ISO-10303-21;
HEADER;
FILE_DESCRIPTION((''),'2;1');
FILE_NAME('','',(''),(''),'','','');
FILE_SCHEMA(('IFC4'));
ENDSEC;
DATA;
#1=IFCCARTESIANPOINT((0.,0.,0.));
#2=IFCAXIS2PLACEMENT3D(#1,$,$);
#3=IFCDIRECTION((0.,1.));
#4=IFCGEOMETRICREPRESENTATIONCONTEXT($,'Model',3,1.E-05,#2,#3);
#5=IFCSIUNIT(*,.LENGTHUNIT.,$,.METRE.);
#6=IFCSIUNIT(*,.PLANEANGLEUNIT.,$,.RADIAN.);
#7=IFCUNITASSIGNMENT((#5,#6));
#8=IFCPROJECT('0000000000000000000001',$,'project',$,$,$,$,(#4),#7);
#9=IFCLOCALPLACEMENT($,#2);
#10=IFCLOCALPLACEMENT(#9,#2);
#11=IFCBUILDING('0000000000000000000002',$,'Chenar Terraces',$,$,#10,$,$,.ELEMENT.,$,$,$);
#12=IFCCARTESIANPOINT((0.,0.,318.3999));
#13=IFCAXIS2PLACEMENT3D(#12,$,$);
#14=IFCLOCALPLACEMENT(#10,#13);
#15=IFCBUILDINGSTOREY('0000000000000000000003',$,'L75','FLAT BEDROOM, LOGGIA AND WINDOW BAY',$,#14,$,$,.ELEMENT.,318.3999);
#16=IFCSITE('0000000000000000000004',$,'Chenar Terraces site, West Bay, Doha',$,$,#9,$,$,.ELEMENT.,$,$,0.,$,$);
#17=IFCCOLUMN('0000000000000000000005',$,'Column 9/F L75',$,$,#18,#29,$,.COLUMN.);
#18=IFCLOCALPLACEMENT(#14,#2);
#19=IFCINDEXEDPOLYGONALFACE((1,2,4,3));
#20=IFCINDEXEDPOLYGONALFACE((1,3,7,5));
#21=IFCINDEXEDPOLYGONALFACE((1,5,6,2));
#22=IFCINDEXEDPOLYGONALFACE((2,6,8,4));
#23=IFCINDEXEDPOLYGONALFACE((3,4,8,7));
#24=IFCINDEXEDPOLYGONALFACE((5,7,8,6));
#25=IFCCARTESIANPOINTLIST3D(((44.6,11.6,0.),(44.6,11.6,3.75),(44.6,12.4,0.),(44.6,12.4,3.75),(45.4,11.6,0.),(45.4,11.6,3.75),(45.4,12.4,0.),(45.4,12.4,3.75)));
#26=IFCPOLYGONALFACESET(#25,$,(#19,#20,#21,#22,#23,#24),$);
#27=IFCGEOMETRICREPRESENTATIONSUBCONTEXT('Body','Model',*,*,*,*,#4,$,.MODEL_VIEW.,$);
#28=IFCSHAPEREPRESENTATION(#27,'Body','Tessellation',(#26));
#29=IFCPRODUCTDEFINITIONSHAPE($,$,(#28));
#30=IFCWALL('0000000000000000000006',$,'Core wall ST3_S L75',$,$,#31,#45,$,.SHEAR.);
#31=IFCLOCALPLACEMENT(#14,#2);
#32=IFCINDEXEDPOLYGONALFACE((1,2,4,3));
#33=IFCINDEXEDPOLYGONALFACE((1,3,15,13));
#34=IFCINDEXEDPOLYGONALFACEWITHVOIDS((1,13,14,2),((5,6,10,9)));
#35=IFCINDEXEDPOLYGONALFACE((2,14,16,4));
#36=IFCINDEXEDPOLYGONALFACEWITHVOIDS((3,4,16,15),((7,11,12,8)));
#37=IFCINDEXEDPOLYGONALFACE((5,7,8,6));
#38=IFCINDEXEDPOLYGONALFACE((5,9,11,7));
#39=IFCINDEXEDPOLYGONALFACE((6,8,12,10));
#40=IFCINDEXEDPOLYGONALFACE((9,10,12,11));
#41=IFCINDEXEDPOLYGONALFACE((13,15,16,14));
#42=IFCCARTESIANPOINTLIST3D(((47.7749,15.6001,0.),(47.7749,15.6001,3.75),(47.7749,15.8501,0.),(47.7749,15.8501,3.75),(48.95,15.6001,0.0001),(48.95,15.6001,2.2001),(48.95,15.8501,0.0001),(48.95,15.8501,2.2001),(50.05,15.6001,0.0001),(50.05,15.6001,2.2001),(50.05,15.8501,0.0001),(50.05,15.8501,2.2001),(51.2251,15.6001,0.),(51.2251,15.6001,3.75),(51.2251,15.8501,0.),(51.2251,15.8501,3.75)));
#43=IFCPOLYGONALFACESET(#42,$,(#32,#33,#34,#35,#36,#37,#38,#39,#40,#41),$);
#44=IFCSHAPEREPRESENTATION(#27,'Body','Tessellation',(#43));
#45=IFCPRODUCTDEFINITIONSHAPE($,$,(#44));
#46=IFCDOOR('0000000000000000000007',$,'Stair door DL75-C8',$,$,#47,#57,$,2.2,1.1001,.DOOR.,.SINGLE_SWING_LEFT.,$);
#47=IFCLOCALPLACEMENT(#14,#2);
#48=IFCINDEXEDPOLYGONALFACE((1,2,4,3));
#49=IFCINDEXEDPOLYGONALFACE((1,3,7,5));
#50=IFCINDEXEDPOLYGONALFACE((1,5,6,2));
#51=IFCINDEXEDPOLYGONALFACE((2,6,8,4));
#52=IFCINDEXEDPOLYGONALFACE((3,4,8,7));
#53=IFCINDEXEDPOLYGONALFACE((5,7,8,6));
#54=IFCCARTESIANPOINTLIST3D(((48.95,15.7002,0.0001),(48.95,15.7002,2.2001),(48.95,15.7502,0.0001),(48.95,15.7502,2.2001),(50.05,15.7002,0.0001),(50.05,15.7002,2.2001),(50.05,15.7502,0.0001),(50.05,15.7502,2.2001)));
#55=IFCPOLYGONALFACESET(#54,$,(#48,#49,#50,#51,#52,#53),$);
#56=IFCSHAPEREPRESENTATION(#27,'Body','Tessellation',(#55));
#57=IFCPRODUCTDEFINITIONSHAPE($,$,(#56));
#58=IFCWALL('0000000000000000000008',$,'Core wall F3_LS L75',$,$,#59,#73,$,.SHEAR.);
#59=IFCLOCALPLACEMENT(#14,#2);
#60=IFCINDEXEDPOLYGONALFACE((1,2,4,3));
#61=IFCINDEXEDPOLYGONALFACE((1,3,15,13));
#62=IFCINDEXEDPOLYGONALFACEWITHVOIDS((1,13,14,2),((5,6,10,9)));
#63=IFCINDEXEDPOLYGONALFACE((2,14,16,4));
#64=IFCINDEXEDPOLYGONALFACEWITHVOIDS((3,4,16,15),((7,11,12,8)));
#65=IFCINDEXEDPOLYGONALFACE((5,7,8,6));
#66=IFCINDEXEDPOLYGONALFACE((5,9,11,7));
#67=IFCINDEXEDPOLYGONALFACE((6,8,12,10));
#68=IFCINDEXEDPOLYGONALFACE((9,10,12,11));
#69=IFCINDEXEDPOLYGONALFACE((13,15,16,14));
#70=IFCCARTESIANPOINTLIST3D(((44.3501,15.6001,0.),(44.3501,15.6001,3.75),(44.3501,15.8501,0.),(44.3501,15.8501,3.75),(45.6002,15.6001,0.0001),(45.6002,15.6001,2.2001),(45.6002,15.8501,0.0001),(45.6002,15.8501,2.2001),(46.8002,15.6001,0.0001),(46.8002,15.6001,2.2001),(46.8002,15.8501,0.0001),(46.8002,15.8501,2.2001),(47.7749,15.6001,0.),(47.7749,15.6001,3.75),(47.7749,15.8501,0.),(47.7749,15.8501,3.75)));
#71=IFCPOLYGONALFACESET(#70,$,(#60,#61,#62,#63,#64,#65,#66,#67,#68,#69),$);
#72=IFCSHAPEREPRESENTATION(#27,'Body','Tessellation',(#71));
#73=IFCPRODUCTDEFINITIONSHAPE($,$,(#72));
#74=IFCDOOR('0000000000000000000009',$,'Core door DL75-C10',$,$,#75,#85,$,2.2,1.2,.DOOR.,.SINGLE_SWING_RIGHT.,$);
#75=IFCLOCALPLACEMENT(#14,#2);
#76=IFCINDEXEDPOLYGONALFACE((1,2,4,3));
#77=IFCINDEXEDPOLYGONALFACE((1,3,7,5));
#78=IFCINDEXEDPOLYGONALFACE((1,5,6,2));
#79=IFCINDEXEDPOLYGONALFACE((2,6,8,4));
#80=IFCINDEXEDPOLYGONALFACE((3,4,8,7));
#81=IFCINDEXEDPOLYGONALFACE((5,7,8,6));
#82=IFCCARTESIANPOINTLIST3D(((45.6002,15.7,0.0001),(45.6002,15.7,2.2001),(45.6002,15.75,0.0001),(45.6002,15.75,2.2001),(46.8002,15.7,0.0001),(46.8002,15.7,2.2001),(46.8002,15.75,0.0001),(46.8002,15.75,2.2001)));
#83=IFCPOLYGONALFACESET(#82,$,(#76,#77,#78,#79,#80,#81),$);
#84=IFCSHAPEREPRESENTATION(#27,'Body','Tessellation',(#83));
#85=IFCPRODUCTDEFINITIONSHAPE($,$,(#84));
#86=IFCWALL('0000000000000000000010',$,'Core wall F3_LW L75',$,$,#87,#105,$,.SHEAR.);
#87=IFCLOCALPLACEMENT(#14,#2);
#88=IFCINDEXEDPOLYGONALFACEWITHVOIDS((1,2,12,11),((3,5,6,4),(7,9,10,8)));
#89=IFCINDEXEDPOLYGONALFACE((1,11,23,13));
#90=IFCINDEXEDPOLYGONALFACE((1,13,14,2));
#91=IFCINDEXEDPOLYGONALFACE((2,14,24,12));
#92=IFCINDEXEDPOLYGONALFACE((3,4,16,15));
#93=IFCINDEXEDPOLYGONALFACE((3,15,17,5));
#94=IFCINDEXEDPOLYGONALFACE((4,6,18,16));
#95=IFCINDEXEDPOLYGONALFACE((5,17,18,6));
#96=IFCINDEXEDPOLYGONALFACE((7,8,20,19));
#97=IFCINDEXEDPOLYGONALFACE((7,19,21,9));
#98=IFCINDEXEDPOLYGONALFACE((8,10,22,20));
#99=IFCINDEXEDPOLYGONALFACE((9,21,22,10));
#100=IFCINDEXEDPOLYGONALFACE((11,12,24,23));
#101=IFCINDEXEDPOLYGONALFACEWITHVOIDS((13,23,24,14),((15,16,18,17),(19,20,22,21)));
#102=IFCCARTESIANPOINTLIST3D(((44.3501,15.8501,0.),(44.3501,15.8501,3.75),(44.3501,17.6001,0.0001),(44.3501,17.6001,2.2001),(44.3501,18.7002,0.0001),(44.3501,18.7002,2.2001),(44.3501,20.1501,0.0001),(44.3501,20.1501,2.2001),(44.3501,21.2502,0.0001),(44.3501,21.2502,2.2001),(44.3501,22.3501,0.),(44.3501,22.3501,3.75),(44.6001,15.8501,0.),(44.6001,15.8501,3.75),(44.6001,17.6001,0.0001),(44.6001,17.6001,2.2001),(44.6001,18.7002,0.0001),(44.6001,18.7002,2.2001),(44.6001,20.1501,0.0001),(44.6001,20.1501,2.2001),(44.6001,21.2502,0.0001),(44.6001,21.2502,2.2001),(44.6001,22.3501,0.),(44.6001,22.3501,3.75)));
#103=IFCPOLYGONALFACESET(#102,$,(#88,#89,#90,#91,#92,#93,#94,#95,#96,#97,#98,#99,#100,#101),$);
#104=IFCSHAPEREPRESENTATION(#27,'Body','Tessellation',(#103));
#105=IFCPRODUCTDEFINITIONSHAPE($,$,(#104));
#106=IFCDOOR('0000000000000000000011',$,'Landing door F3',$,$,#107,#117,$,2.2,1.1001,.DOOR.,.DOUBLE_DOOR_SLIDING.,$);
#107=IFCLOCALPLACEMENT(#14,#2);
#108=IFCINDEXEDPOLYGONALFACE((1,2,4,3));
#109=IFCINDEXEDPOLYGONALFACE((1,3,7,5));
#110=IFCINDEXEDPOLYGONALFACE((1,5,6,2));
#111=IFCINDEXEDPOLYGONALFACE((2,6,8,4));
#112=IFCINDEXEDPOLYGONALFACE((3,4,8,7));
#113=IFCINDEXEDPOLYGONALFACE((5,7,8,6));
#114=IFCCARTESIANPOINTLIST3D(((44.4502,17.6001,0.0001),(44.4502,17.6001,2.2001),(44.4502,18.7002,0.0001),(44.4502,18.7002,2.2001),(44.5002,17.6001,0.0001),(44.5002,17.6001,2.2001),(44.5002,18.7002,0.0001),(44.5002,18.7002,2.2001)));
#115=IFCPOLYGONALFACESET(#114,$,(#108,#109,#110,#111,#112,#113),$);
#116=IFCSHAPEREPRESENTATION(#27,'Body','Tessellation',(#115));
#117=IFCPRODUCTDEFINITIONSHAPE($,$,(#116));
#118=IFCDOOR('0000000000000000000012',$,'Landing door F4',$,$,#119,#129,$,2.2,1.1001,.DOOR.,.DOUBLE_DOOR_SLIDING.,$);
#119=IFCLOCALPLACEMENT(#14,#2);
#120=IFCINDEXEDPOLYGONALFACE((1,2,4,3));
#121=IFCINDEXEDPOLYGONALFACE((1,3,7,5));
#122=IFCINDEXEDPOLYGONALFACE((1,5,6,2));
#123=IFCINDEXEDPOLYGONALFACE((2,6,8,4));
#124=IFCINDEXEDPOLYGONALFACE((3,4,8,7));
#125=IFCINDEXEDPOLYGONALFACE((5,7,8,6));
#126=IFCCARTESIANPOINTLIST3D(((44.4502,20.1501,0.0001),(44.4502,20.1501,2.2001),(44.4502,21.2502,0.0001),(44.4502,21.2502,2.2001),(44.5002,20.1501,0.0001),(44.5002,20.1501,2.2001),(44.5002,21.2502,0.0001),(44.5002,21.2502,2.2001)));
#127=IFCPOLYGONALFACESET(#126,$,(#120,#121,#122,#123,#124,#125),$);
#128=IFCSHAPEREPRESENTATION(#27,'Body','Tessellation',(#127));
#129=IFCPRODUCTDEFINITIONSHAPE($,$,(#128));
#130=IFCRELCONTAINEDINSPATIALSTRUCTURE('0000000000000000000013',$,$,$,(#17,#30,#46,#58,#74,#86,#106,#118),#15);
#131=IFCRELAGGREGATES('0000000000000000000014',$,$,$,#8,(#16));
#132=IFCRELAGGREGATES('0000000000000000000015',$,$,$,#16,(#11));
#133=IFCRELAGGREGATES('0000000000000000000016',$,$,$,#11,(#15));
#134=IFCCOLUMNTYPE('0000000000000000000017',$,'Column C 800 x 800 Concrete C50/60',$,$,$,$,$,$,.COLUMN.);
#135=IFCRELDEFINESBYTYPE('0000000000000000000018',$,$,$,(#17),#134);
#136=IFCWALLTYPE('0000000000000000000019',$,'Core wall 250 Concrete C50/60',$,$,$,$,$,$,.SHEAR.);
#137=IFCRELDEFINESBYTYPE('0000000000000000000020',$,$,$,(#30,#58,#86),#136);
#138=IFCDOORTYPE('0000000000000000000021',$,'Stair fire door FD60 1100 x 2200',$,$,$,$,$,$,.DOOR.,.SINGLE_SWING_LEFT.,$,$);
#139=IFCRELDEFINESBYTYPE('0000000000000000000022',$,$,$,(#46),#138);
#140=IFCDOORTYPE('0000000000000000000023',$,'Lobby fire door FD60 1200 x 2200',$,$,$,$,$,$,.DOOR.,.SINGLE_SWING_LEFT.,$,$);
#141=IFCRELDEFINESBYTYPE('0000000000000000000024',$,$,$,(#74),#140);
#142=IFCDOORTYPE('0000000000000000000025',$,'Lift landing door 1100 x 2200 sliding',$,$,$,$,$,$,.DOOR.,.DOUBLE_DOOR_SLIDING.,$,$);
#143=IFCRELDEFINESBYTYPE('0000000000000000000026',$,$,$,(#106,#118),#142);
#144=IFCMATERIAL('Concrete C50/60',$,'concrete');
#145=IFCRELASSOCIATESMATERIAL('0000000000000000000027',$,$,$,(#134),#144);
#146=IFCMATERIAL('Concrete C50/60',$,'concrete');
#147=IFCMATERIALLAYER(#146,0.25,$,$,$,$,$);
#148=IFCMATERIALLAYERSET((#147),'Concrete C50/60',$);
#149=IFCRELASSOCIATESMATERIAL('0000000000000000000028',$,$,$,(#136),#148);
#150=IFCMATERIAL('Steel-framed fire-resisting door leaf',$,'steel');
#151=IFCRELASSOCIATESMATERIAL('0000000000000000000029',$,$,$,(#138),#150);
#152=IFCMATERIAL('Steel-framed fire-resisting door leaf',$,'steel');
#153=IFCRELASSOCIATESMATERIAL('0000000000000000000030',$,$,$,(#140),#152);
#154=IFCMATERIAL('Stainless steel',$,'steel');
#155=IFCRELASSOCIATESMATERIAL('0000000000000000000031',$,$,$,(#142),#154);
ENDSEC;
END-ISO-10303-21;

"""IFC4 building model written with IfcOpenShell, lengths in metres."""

from ifc_helpers import new_model, si_unit, direction, frame, frame_2d, origin, origin_2d, place, context, subcontext, project, spatial, rectangle, extrude, material, layer, layer_set, material_profile, profile_set, type_object, element, fill, save


model = new_model("IFC4")

# Units and contexts
model_context = context("Model", 3, precision=1e-05, world=origin(), true_north=direction((0.0, 1.0)))
body_context = subcontext(model_context, "Body", "Model", "MODEL_VIEW")
ifc_project = project(units=[si_unit("LENGTHUNIT", "METRE"), si_unit("PLANEANGLEUNIT", "RADIAN")], contexts=[model_context])

# Site, building, storey
site_placement = place(None, origin())
site = spatial("IfcSite", under=ifc_project, at=site_placement, Name="Chenar Terraces site, West Bay, Doha", CompositionType="ELEMENT", RefElevation=0.0)
building_placement = place(site_placement, origin())
building = spatial("IfcBuilding", under=site, at=building_placement, Name="Chenar Terraces", CompositionType="ELEMENT")
storey_placement = place(building_placement, frame((0.0, 0.0, 318.3999)))
storey = spatial("IfcBuildingStorey", under=building, at=storey_placement, Name="L75", Description="FLAT BEDROOM, LOGGIA AND WINDOW BAY", CompositionType="ELEMENT", Elevation=318.3999)

# Column
ifc_material_1 = material(Name="Concrete C50/60", Category="concrete")
ifc_material_profile = material_profile(ifc_material_1, rectangle(XDim=0.8, YDim=0.8, at=origin_2d()), Name="C 800 x 800")
ifc_profile_set = profile_set([ifc_material_profile], Name="Concrete C50/60")
column_type = type_object("IfcColumnType", Name="Column C 800 x 800 Concrete C50/60", PredefinedType="COLUMN", material=ifc_profile_set)
column_placement = place(storey_placement, frame((45.0, 12.0, 0.0), z_axis=(0.0, 0.0, 1.0), x_axis=(1.0, 0.0, 0.0)))
element("IfcColumn", 1, at=column_placement, inside=storey, type_object=column_type, Name="Column 9/F L75", PredefinedType="COLUMN", context=body_context, shape_type="SweptSolid", body=[
    extrude(rectangle(XDim=0.8, YDim=0.8, at=origin_2d()), origin(), (0.0, 0.0, 1.0), 3.75),
])

# Walls, openings, doors
ifc_material_2 = material(Name="Concrete C50/60", Category="concrete")
ifc_layer_1 = layer(ifc_material_2, 0.25)
ifc_layer_set_1 = layer_set([ifc_layer_1], Name="Concrete C50/60")
wall_type_1 = type_object("IfcWallType", Name="Core wall 250 Concrete C50/60", PredefinedType="SHEAR", material=ifc_layer_set_1)
wall_1_placement = place(storey_placement, frame((47.7749, 15.7251, 0.0), z_axis=(0.0, 0.0, 1.0), x_axis=(1.0, 0.0, 0.0)))
wall_1 = element("IfcWall", 2, at=wall_1_placement, inside=storey, type_object=wall_type_1, Name="Core wall ST3_S L75", PredefinedType="SHEAR", context=body_context, shape_type="SweptSolid", body=[
    extrude(rectangle(XDim=3.4502, YDim=0.25, at=frame_2d((1.7251, 0.0))), origin(), (0.0, 0.0, 1.0), 3.75),
])
opening_1_placement = place(wall_1_placement, frame((1.175, 0.0, 0.0)))
opening_1 = element("IfcOpeningElement", 3, at=opening_1_placement, cuts=wall_1, PredefinedType="OPENING", context=body_context, shape_type="SweptSolid", body=[
    extrude(rectangle(XDim=1.1001, YDim=2.2, at=frame_2d((0.55, 1.1001))), frame((0.0, 0.135, 0.0), z_axis=(0.0, -1.0, 0.0), x_axis=(1.0, 0.0, 0.0)), (0.0, 0.0, 1.0), 0.27),
])
ifc_material_3 = material(Name="Steel-framed fire-resisting door leaf", Category="steel")
door_type_1 = type_object("IfcDoorType", Name="Stair fire door FD60 1100 x 2200", OperationType="SINGLE_SWING_LEFT", PredefinedType="DOOR", material=ifc_material_3)
door_1_placement = place(opening_1_placement, frame((1.1001, 0.0, 0.0), z_axis=(0.0, 0.0, 1.0), x_axis=(-1.0, 0.0, 0.0)))
door_1 = element("IfcDoor", 4, at=door_1_placement, inside=storey, type_object=door_type_1, Name="Stair door DL75-C8", OperationType="SINGLE_SWING_LEFT", OverallHeight=2.2, OverallWidth=1.1001, PredefinedType="DOOR", context=body_context, shape_type="SweptSolid", body=[
    extrude(rectangle(XDim=1.1001, YDim=2.2, at=frame_2d((0.55, 1.1001))), frame((0.0, 0.0249, 0.0), z_axis=(0.0, -1.0, 0.0), x_axis=(1.0, 0.0, 0.0)), (0.0, 0.0, 1.0), 0.05),
])
fill(opening_1, door_1)
wall_2_placement = place(storey_placement, frame((44.3501, 15.7251, 0.0), z_axis=(0.0, 0.0, 1.0), x_axis=(1.0, 0.0, 0.0)))
wall_2 = element("IfcWall", 5, at=wall_2_placement, inside=storey, type_object=wall_type_1, Name="Core wall F3_LS L75", PredefinedType="SHEAR", context=body_context, shape_type="SweptSolid", body=[
    extrude(rectangle(XDim=3.4248, YDim=0.25, at=frame_2d((1.7124, 0.0))), origin(), (0.0, 0.0, 1.0), 3.75),
])
opening_2_placement = place(wall_2_placement, frame((1.25, 0.0, 0.0)))
opening_2 = element("IfcOpeningElement", 6, at=opening_2_placement, cuts=wall_2, PredefinedType="OPENING", context=body_context, shape_type="SweptSolid", body=[
    extrude(rectangle(XDim=1.2, YDim=2.2, at=frame_2d((0.6001, 1.1001))), frame((0.0, 0.135, 0.0), z_axis=(0.0, -1.0, 0.0), x_axis=(1.0, 0.0, 0.0)), (0.0, 0.0, 1.0), 0.27),
])
ifc_material_4 = material(Name="Steel-framed fire-resisting door leaf", Category="steel")
door_type_2 = type_object("IfcDoorType", Name="Lobby fire door FD60 1200 x 2200", OperationType="SINGLE_SWING_LEFT", PredefinedType="DOOR", material=ifc_material_4)
door_2_placement = place(opening_2_placement, origin())
door_2 = element("IfcDoor", 7, at=door_2_placement, inside=storey, type_object=door_type_2, Name="Core door DL75-C10", OperationType="SINGLE_SWING_RIGHT", OverallHeight=2.2, OverallWidth=1.2, PredefinedType="DOOR", context=body_context, shape_type="SweptSolid", body=[
    extrude(rectangle(XDim=1.2, YDim=2.2, at=frame_2d((0.6001, 1.1001))), frame((0.0, 0.0249, 0.0), z_axis=(0.0, -1.0, 0.0), x_axis=(1.0, 0.0, 0.0)), (0.0, 0.0, 1.0), 0.05),
])
fill(opening_2, door_2)

# Wall, openings, doors
wall_3_placement = place(storey_placement, frame((44.4751, 15.8501, 0.0), z_axis=(0.0, 0.0, 1.0), x_axis=(0.0, 1.0, 0.0)))
wall_3 = element("IfcWall", 8, at=wall_3_placement, inside=storey, type_object=wall_type_1, Name="Core wall F3_LW L75", PredefinedType="SHEAR", context=body_context, shape_type="SweptSolid", body=[
    extrude(rectangle(XDim=6.5, YDim=0.25, at=frame_2d((3.25, 0.0))), origin(), (0.0, 0.0, 1.0), 3.75),
])
opening_3_placement = place(wall_3_placement, frame((1.75, 0.0, 0.0)))
opening_3 = element("IfcOpeningElement", 9, at=opening_3_placement, cuts=wall_3, PredefinedType="OPENING", context=body_context, shape_type="SweptSolid", body=[
    extrude(rectangle(XDim=1.1001, YDim=2.2, at=frame_2d((0.55, 1.1001))), frame((0.0, 0.135, 0.0), z_axis=(0.0, -1.0, 0.0), x_axis=(1.0, 0.0, 0.0)), (0.0, 0.0, 1.0), 0.27),
])
opening_4_placement = place(wall_3_placement, frame((4.3, 0.0, 0.0)))
opening_4 = element("IfcOpeningElement", 10, at=opening_4_placement, cuts=wall_3, PredefinedType="OPENING", context=body_context, shape_type="SweptSolid", body=[
    extrude(rectangle(XDim=1.1001, YDim=2.2, at=frame_2d((0.55, 1.1001))), frame((0.0, 0.135, 0.0), z_axis=(0.0, -1.0, 0.0), x_axis=(1.0, 0.0, 0.0)), (0.0, 0.0, 1.0), 0.27),
])
ifc_material_5 = material(Name="Stainless steel", Category="steel")
door_type_3 = type_object("IfcDoorType", Name="Lift landing door 1100 x 2200 sliding", OperationType="DOUBLE_DOOR_SLIDING", PredefinedType="DOOR", material=ifc_material_5)
door_3_placement = place(opening_3_placement, origin())
door_3 = element("IfcDoor", 11, at=door_3_placement, inside=storey, type_object=door_type_3, Name="Landing door F3", OperationType="DOUBLE_DOOR_SLIDING", OverallHeight=2.2, OverallWidth=1.1001, PredefinedType="DOOR", context=body_context, shape_type="SweptSolid", body=[
    extrude(rectangle(XDim=1.1001, YDim=2.2, at=frame_2d((0.55, 1.1001))), frame((0.0, 0.0249, 0.0), z_axis=(0.0, -1.0, 0.0), x_axis=(1.0, 0.0, 0.0)), (0.0, 0.0, 1.0), 0.05),
])
fill(opening_3, door_3)
door_4_placement = place(opening_4_placement, origin())
door_4 = element("IfcDoor", 12, at=door_4_placement, inside=storey, type_object=door_type_3, Name="Landing door F4", OperationType="DOUBLE_DOOR_SLIDING", OverallHeight=2.2, OverallWidth=1.1001, PredefinedType="DOOR", context=body_context, shape_type="SweptSolid", body=[
    extrude(rectangle(XDim=1.1001, YDim=2.2, at=frame_2d((0.55, 1.1001))), frame((0.0, 0.0249, 0.0), z_axis=(0.0, -1.0, 0.0), x_axis=(1.0, 0.0, 0.0)), (0.0, 0.0, 1.0), 0.05),
])
fill(opening_4, door_4)

save(model, "model.ifc")
